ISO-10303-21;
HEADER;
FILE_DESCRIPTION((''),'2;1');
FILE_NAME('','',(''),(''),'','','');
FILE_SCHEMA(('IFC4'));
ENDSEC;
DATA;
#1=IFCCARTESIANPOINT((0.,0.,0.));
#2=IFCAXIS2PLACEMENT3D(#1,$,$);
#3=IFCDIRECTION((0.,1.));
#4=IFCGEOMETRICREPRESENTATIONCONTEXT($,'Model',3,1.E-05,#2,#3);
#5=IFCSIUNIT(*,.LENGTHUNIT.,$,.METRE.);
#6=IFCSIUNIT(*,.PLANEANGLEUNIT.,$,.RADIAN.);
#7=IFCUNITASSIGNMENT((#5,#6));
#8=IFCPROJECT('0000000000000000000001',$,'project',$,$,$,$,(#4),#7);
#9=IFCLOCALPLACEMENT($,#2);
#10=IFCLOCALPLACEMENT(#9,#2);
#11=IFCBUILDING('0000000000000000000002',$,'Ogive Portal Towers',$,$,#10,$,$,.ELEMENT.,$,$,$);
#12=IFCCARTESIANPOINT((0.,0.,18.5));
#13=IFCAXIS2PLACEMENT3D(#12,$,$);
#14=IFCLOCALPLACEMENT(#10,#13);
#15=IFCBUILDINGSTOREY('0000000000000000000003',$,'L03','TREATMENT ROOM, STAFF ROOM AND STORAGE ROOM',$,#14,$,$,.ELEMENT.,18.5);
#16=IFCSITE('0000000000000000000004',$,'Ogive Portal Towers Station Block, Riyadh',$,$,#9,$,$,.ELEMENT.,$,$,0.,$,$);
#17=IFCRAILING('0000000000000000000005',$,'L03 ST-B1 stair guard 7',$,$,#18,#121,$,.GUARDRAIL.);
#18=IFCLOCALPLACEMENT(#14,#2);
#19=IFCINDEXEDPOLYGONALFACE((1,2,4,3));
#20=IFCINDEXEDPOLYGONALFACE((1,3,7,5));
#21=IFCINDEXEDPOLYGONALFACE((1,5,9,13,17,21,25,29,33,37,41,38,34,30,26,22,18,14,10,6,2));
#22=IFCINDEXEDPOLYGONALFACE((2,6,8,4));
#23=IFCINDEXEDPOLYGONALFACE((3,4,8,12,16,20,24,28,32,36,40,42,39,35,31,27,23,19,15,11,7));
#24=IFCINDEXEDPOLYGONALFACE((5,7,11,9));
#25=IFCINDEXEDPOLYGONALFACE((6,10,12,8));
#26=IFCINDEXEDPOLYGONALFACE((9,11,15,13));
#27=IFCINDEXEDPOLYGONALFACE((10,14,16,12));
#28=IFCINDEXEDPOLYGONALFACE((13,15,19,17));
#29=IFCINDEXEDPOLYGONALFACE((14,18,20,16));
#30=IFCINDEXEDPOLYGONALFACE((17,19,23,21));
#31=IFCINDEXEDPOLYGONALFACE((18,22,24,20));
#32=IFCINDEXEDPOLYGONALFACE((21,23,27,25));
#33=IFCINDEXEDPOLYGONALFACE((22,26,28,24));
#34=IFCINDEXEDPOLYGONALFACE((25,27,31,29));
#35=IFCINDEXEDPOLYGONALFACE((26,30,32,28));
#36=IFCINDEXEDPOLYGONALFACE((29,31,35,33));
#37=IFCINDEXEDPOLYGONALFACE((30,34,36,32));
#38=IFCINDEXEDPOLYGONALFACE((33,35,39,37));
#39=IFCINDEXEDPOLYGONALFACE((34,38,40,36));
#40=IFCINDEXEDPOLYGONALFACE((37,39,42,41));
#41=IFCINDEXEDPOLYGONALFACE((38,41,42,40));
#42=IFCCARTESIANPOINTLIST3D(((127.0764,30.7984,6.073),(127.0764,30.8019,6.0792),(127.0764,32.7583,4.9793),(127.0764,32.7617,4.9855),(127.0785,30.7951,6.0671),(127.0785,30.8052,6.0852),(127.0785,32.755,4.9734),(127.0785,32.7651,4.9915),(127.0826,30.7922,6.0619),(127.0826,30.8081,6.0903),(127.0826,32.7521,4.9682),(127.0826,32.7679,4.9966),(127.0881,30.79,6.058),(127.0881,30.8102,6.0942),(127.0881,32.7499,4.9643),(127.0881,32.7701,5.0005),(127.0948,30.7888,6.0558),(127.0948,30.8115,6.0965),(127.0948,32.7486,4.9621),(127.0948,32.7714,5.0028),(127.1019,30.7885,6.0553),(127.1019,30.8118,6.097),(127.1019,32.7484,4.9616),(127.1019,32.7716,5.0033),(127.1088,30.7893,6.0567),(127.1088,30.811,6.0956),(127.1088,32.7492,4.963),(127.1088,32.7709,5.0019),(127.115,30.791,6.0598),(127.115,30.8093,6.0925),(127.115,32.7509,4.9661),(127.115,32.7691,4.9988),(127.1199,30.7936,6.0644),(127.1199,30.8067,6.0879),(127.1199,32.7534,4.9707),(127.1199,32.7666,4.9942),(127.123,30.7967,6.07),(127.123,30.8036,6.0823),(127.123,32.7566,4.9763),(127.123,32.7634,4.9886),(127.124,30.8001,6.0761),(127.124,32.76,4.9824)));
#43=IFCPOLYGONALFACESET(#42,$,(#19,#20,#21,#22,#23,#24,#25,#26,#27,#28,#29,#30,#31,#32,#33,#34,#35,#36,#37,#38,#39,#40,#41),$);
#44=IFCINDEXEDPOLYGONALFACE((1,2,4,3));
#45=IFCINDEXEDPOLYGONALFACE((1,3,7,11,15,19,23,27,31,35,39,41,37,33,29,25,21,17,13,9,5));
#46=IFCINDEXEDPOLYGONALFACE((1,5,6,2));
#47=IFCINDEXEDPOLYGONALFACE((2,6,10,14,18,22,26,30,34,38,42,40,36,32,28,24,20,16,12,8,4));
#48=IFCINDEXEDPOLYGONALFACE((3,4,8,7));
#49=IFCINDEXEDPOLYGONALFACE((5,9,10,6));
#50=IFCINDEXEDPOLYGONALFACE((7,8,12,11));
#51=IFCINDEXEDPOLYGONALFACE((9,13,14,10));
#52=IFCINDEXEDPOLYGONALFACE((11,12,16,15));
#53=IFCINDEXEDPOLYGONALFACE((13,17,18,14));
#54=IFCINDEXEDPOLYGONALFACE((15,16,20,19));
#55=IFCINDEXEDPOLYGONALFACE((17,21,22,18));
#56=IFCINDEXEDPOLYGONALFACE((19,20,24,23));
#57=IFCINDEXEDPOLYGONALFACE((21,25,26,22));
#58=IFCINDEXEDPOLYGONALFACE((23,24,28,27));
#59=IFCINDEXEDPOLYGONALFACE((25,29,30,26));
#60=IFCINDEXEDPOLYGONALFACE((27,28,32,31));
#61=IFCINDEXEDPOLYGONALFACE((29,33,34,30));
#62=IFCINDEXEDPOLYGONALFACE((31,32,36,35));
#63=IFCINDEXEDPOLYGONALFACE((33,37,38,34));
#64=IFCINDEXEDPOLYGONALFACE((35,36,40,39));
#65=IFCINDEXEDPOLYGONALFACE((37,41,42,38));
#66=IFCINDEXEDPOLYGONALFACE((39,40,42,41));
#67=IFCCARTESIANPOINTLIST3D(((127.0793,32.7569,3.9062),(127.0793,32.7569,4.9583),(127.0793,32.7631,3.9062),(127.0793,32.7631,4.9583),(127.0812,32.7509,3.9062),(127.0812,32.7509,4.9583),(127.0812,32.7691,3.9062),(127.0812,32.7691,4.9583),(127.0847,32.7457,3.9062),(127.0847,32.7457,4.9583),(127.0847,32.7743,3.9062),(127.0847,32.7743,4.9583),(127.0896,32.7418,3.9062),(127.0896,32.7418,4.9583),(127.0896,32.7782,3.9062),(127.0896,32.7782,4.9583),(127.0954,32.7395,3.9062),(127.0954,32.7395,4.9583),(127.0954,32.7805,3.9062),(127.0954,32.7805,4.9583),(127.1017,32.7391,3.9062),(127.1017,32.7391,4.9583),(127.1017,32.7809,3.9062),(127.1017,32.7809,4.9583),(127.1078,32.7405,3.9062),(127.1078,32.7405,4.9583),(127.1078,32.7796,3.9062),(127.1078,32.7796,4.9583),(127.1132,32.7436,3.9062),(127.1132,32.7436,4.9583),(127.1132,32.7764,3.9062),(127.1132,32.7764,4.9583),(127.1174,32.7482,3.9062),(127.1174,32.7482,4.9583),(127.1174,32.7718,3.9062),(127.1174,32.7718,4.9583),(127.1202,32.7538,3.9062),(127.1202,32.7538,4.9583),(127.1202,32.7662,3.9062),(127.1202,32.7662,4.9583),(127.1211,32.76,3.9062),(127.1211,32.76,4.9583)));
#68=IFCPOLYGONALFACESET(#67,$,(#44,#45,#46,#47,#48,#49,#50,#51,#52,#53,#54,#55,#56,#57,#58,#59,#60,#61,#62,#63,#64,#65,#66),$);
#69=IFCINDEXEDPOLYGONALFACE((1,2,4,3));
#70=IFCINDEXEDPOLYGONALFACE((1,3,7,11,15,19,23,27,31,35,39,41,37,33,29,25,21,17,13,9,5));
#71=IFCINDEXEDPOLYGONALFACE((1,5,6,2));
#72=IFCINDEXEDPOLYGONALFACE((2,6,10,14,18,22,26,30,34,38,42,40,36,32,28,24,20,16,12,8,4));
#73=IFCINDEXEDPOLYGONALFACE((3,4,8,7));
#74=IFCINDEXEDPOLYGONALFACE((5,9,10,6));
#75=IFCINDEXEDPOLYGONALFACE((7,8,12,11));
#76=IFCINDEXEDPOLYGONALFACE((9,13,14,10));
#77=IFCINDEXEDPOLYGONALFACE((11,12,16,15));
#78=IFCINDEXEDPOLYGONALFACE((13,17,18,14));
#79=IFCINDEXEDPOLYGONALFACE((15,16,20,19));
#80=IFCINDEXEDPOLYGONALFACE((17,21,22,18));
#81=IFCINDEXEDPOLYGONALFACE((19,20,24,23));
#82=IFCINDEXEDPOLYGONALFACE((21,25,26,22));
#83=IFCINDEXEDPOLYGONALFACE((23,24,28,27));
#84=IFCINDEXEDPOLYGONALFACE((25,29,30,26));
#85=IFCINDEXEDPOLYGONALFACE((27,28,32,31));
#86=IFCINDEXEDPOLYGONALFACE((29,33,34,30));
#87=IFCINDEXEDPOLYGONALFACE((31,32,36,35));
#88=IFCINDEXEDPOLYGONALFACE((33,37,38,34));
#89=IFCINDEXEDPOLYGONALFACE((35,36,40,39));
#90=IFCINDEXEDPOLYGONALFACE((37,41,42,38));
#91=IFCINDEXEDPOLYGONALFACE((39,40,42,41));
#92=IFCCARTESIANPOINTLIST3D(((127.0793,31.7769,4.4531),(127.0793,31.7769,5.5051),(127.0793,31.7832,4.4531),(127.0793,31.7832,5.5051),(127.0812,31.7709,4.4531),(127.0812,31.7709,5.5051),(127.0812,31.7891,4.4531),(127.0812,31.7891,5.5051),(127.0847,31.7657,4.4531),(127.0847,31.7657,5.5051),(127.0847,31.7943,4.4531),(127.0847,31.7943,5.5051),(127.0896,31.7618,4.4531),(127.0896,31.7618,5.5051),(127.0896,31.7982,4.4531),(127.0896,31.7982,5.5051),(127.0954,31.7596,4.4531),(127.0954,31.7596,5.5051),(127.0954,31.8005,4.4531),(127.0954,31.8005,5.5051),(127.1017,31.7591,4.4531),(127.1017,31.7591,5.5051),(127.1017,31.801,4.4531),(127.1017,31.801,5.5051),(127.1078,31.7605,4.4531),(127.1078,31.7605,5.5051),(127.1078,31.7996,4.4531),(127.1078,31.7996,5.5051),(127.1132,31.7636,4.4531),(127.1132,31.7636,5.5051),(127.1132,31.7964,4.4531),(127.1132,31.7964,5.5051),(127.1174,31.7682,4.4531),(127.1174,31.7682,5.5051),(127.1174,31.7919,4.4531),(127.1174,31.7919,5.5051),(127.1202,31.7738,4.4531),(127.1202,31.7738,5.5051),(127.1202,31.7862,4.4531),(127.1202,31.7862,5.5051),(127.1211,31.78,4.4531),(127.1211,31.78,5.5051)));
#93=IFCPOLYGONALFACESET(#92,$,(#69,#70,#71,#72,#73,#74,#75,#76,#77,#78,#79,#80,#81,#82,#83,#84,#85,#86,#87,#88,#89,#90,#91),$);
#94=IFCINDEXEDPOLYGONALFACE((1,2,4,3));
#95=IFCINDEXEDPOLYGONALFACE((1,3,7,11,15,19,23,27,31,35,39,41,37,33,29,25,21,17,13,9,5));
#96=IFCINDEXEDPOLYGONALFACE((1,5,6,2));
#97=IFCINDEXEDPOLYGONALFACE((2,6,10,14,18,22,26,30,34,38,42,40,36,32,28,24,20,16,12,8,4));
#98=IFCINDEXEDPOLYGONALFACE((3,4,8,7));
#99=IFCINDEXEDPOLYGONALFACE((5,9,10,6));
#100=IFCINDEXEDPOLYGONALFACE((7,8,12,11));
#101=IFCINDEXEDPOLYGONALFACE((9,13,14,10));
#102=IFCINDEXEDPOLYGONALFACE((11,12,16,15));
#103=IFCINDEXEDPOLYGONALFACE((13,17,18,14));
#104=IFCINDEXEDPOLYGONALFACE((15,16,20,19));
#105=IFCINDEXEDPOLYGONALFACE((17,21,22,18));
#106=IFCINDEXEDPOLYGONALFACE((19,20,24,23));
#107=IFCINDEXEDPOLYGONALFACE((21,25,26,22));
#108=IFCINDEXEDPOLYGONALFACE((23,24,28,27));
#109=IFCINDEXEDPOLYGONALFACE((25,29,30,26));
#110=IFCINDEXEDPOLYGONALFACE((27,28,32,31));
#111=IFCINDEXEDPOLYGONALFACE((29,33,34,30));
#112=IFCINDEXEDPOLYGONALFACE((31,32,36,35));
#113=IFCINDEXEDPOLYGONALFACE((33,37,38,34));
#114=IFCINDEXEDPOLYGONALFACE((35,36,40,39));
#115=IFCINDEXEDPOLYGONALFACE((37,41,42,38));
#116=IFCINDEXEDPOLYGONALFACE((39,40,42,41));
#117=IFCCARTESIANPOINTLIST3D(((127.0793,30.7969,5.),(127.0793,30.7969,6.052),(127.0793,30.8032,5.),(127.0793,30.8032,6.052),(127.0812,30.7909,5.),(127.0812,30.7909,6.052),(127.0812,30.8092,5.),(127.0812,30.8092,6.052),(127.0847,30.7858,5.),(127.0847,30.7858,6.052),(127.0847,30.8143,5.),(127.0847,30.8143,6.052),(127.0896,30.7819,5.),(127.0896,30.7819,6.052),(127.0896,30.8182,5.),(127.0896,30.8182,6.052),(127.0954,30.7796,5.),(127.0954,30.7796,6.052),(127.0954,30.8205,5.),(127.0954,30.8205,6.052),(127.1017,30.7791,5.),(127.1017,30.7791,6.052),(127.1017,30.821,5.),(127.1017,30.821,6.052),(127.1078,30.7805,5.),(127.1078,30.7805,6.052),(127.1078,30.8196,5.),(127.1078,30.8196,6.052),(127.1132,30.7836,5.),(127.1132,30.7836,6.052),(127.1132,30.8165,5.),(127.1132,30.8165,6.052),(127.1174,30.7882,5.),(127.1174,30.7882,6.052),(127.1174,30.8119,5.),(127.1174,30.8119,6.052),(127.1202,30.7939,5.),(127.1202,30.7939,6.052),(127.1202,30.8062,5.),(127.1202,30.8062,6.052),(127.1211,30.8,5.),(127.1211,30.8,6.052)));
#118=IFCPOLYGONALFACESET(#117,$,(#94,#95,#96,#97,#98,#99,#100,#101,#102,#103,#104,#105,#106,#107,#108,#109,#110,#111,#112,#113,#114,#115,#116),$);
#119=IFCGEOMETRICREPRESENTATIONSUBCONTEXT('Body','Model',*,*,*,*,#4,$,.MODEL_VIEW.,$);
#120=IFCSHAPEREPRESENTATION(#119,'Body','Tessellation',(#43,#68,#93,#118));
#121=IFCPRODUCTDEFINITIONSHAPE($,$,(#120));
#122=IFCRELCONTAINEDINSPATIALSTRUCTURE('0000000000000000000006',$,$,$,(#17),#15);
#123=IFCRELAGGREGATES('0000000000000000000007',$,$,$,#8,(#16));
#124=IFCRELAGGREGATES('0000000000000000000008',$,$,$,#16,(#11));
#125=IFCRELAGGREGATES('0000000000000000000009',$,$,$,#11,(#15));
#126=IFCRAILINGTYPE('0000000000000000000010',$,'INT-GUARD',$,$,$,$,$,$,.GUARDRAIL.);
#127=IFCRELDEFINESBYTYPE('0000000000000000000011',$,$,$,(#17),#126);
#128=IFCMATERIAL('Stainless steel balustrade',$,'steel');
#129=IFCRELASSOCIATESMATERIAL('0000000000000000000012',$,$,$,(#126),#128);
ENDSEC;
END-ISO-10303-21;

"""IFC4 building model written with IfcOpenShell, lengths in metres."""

from ifc_helpers import new_model, si_unit, direction, frame, origin, origin_2d, place, context, subcontext, project, spatial, circle, extrude, material, type_object, element, save


model = new_model("IFC4")

# Units and contexts
model_context = context("Model", 3, precision=1e-05, world=origin(), true_north=direction((0.0, 1.0)))
body_context = subcontext(model_context, "Body", "Model", "MODEL_VIEW")
ifc_project = project(units=[si_unit("LENGTHUNIT", "METRE"), si_unit("PLANEANGLEUNIT", "RADIAN")], contexts=[model_context])

# Site, building, storey
site_placement = place(None, origin())
site = spatial("IfcSite", under=ifc_project, at=site_placement, Name="Ogive Portal Towers Station Block, Riyadh", CompositionType="ELEMENT", RefElevation=0.0)
building_placement = place(site_placement, origin())
building = spatial("IfcBuilding", under=site, at=building_placement, Name="Ogive Portal Towers", CompositionType="ELEMENT")
storey_placement = place(building_placement, frame((0.0, 0.0, 18.5)))
storey = spatial("IfcBuildingStorey", under=building, at=storey_placement, Name="L03", Description="TREATMENT ROOM, STAFF ROOM AND STORAGE ROOM", CompositionType="ELEMENT", Elevation=18.5)

# Railing
ifc_material_1 = material(Name="Stainless steel balustrade", Category="steel")
railing_type_1 = type_object("IfcRailingType", Name="INT-GUARD", PredefinedType="GUARDRAIL", material=ifc_material_1)
for number, where, name in (
    (1, (127.1001, 32.76, 3.9062), "L03 ST-B1 stair guard 7"),
):
    element("IfcRailing", number, at=place(storey_placement, frame(where)), inside=storey, type_object=railing_type_1, Name=name, PredefinedType="GUARDRAIL", context=body_context, shape_type="SweptSolid", body=[
        extrude(circle(Radius=0.0239, at=origin_2d()), frame((0.0, 0.0, 1.0762), z_axis=(0.0, -0.873232, 0.487304), x_axis=(1.0, 0.0, 0.0)), (0.0, 0.0, 1.0), 2.2444),
        extrude(circle(Radius=0.021, at=origin_2d()), origin(), (0.0, 0.0, 1.0), 1.052),
        extrude(circle(Radius=0.021, at=origin_2d()), frame((0.0, -0.98, 0.5469)), (0.0, 0.0, 1.0), 1.052),
        extrude(circle(Radius=0.021, at=origin_2d()), frame((0.0, -1.96, 1.0938)), (0.0, 0.0, 1.0), 1.052),
    ])

save(model, "model.ifc")
